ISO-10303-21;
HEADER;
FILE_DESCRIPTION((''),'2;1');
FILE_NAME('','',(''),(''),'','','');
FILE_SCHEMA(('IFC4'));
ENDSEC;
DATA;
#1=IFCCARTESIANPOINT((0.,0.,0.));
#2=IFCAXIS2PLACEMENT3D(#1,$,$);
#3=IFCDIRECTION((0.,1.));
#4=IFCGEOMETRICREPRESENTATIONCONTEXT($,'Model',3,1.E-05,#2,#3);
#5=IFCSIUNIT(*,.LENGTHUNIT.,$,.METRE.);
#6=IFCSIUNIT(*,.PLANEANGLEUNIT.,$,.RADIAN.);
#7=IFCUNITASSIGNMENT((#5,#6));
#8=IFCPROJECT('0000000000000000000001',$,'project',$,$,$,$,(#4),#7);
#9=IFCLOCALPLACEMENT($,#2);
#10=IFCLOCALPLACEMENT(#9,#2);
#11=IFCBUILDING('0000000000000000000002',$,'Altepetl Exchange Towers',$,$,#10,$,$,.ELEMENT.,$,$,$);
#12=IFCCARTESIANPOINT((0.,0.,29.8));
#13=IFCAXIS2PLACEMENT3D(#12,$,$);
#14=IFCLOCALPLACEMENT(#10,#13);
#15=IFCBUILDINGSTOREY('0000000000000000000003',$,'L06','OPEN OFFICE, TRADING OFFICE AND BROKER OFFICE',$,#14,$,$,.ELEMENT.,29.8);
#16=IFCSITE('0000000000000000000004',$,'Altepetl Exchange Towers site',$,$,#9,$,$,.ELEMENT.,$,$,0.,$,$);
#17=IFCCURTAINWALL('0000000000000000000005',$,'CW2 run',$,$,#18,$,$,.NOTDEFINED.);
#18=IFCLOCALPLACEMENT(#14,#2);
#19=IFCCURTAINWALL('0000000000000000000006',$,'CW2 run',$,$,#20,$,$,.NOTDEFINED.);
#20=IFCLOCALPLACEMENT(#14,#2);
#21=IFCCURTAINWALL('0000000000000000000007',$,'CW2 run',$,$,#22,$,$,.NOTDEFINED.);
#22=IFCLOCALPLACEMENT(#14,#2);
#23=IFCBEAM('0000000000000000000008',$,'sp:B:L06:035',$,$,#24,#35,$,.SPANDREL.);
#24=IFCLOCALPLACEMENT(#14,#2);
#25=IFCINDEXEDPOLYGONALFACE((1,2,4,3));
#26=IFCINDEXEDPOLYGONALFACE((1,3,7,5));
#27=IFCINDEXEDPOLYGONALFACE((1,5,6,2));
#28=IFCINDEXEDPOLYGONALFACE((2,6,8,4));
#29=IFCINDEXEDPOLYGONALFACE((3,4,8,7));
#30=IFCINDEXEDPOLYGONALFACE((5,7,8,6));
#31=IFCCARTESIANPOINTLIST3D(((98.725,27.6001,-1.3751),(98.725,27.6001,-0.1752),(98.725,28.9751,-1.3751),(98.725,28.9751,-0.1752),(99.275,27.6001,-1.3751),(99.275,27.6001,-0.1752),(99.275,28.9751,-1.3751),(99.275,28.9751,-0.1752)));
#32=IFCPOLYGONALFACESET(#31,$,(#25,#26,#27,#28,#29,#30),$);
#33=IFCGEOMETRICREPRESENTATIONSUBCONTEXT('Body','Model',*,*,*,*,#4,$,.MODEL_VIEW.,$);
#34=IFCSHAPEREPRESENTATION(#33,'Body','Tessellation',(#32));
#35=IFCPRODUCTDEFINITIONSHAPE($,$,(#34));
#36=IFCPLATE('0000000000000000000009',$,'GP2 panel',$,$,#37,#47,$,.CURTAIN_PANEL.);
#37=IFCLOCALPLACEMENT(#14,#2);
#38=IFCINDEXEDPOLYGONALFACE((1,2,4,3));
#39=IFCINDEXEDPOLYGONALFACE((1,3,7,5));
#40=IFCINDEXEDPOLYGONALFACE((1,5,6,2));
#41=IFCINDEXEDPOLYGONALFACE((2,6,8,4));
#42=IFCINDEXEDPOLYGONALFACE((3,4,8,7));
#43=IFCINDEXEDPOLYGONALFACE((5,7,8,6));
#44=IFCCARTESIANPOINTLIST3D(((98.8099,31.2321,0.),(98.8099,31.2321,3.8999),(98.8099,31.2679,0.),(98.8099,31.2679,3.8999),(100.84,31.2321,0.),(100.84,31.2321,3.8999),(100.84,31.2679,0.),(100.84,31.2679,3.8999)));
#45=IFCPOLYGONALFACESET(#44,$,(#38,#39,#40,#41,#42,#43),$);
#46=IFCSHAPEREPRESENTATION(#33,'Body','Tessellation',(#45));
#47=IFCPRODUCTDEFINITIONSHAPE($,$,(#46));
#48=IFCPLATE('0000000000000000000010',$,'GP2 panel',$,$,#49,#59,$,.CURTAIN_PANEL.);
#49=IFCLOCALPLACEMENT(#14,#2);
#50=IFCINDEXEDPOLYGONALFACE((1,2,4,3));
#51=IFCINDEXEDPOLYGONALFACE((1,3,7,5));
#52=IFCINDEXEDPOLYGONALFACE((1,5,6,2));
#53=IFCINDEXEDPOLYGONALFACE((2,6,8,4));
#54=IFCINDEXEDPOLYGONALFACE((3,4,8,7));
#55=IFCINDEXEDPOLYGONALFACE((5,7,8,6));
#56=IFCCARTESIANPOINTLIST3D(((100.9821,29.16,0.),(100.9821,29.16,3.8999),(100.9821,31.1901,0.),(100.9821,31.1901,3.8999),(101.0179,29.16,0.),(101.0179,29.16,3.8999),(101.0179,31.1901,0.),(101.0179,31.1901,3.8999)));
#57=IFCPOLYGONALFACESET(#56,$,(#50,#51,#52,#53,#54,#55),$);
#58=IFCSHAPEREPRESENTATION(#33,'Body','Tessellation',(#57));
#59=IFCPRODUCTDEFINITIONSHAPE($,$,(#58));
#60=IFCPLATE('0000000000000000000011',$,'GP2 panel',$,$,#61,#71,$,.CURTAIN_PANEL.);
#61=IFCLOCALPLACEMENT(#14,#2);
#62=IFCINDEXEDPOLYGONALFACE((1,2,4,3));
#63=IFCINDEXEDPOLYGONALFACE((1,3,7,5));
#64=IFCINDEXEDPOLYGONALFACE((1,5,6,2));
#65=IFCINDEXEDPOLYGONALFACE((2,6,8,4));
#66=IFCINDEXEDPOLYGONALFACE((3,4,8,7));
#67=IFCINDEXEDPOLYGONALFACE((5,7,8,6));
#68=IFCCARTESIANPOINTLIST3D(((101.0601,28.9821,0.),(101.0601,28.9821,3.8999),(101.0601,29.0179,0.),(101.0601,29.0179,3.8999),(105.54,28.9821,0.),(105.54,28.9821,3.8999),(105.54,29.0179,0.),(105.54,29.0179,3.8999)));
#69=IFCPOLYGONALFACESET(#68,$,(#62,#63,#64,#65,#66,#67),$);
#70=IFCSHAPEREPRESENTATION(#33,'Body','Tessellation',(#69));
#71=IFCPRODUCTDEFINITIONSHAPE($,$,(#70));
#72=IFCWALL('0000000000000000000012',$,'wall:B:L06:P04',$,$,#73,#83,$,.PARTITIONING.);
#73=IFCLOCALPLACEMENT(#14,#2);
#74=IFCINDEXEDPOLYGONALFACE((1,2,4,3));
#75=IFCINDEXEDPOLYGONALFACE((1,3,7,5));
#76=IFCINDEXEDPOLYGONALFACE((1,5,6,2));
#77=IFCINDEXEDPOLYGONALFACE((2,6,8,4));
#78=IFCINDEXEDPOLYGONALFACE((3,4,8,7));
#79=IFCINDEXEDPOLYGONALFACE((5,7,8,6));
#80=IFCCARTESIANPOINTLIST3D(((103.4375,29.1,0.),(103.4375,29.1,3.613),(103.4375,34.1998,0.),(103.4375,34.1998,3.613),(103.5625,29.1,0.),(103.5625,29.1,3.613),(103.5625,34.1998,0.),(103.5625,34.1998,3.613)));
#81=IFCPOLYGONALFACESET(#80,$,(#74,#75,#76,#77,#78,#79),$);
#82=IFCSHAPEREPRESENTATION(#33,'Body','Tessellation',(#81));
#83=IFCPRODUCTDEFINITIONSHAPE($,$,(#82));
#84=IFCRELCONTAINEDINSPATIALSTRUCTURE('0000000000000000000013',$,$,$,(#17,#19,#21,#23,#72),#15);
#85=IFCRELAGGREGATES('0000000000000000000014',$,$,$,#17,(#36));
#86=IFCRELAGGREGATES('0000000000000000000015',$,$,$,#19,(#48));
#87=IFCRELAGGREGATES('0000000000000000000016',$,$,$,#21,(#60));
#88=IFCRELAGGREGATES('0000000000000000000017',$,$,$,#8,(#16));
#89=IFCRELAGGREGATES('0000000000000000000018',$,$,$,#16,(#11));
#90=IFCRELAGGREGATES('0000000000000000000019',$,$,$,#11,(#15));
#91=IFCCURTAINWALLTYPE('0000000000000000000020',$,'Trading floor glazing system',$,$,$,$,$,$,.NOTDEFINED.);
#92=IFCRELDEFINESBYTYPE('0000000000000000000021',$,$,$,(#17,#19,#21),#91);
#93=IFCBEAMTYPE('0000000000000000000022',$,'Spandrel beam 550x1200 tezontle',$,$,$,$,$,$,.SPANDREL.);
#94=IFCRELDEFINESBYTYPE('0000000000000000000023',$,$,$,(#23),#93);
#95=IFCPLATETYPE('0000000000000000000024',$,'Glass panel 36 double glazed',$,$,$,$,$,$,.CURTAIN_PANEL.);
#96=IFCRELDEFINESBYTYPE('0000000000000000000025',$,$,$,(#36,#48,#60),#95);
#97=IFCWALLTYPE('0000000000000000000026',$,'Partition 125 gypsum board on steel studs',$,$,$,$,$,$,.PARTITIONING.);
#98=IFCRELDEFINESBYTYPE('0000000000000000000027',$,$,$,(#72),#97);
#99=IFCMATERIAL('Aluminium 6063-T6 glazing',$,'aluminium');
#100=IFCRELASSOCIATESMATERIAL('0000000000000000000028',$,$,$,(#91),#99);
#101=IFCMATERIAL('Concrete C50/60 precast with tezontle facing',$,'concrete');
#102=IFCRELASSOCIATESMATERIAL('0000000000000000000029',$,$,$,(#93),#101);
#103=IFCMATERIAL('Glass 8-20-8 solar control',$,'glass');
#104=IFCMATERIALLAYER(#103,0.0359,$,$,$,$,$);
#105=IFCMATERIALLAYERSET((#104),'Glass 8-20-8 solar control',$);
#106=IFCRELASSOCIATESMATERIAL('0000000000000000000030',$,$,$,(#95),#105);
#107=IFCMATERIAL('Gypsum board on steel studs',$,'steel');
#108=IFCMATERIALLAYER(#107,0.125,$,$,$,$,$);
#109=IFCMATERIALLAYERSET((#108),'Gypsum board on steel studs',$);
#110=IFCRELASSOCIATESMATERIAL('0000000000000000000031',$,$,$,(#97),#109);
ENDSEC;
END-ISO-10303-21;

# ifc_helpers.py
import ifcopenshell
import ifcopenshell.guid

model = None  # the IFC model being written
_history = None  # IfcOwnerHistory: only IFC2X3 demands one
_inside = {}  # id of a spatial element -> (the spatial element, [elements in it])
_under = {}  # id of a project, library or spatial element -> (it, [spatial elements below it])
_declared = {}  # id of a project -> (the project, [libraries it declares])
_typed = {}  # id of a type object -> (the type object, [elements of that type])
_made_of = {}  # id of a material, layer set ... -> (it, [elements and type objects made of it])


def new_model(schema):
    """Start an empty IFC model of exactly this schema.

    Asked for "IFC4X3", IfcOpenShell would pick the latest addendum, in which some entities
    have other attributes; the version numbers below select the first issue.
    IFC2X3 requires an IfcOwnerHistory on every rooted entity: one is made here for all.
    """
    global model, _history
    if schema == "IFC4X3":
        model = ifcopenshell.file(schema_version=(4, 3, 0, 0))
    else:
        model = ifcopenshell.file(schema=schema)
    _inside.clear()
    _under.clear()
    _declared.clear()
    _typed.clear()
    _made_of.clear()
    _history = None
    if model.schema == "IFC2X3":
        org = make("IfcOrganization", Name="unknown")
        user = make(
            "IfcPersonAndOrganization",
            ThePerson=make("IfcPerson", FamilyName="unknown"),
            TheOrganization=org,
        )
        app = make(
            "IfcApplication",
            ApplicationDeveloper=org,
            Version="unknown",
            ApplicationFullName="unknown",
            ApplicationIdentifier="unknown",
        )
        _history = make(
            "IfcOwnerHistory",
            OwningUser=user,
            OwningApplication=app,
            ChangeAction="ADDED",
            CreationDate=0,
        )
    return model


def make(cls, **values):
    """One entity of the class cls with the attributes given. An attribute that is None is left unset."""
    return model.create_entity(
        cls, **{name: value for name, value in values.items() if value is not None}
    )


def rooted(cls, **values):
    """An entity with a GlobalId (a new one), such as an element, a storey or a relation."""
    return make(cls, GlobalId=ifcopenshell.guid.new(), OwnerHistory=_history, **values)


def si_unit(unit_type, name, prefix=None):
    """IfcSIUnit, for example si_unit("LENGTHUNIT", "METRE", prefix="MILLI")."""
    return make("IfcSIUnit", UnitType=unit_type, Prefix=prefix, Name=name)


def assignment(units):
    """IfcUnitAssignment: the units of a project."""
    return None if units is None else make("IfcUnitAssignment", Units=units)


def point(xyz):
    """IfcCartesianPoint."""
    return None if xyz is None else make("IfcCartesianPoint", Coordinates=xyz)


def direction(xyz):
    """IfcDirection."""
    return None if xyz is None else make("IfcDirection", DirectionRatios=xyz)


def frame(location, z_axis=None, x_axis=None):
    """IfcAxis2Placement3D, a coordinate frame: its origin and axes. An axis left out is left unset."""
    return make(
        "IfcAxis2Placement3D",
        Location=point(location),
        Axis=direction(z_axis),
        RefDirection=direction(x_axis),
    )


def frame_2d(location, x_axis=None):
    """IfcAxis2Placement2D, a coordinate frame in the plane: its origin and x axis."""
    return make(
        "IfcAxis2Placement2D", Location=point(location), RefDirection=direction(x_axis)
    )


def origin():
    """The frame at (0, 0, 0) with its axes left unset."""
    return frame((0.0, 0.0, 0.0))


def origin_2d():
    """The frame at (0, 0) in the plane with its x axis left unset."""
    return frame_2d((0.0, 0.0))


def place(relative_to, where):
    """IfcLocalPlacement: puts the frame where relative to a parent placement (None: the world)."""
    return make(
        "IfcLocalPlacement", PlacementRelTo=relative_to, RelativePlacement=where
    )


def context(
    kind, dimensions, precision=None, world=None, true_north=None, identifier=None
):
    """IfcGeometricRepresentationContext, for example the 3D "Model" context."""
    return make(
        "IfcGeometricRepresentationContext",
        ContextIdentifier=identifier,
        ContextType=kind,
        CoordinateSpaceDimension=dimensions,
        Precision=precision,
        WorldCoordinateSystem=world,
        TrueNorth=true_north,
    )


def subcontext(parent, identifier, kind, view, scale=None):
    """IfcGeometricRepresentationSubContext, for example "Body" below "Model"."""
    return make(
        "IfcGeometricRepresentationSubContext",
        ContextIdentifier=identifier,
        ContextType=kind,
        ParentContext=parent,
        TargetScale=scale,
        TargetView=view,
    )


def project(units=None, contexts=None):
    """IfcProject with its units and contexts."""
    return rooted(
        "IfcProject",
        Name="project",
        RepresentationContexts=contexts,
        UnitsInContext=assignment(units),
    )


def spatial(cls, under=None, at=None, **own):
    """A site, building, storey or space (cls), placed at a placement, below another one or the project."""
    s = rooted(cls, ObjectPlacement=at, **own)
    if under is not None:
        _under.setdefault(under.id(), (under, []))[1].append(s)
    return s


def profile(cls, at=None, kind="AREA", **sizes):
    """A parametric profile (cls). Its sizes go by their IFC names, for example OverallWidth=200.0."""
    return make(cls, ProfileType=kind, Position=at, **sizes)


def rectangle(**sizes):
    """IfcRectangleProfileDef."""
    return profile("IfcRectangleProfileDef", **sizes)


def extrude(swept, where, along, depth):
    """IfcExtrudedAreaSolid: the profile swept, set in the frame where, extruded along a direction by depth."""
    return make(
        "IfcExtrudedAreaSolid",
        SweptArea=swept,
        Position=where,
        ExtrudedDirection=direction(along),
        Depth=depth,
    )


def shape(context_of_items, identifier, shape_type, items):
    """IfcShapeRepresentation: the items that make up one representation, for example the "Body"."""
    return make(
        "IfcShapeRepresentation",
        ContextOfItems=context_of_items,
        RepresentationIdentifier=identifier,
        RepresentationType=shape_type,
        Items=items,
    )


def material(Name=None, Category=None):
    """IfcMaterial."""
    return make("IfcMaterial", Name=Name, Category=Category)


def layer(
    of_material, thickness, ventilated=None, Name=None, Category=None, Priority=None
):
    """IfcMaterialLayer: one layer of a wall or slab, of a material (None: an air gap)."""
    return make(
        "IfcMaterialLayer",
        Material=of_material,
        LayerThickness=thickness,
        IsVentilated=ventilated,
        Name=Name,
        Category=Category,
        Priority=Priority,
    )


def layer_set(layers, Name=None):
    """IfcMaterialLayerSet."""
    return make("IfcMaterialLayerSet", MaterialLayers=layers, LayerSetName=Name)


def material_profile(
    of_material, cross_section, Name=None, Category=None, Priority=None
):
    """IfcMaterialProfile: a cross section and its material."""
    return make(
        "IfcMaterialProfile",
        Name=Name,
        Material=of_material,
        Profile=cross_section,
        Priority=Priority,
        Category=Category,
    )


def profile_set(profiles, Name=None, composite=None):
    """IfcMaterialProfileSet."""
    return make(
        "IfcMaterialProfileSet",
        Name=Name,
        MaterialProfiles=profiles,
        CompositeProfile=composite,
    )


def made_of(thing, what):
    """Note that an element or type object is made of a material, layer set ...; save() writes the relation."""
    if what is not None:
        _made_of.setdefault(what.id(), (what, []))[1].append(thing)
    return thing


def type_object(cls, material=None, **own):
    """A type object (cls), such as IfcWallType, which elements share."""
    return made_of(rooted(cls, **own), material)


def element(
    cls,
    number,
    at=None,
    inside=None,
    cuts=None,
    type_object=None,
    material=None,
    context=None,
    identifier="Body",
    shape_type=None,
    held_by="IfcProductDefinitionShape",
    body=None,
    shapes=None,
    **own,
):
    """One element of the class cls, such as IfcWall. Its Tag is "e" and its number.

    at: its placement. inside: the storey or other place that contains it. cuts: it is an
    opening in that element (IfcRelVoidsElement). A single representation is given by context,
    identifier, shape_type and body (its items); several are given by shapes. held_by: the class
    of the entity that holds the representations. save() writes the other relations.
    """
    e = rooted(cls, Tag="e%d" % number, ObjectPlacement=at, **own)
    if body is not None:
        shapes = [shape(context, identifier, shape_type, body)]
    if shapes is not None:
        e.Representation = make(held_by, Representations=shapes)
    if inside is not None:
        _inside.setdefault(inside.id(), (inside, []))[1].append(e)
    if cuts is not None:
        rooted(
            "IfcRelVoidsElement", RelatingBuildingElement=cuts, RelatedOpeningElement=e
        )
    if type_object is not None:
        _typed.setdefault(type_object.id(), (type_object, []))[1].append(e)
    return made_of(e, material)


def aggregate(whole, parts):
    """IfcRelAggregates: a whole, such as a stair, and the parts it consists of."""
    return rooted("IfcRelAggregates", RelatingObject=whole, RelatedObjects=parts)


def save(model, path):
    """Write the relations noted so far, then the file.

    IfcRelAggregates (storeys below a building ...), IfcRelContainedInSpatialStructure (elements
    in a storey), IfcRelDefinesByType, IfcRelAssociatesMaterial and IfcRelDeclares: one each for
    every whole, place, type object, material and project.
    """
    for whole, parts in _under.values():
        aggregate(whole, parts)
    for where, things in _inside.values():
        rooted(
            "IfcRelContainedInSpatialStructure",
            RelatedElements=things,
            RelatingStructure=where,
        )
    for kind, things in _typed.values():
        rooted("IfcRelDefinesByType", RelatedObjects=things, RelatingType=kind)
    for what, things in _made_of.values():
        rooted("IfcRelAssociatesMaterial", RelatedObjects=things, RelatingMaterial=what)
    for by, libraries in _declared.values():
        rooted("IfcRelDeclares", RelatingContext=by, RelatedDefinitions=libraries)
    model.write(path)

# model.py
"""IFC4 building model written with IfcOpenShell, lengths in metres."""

from ifc_helpers import new_model, si_unit, direction, frame, frame_2d, origin, origin_2d, place, context, subcontext, project, spatial, rectangle, extrude, material, layer, layer_set, material_profile, profile_set, type_object, element, aggregate, save


model = new_model("IFC4")

# Units and contexts
model_context = context("Model", 3, precision=1e-05, world=origin(), true_north=direction((0.0, 1.0)))
body_context = subcontext(model_context, "Body", "Model", "MODEL_VIEW")
ifc_project = project(units=[si_unit("LENGTHUNIT", "METRE"), si_unit("PLANEANGLEUNIT", "RADIAN")], contexts=[model_context])

# Site, building, storey
site_placement = place(None, origin())
site = spatial("IfcSite", under=ifc_project, at=site_placement, Name="Altepetl Exchange Towers site", CompositionType="ELEMENT", RefElevation=0.0)
building_placement = place(site_placement, origin())
building = spatial("IfcBuilding", under=site, at=building_placement, Name="Altepetl Exchange Towers", CompositionType="ELEMENT")
storey_placement = place(building_placement, frame((0.0, 0.0, 29.8)))
storey = spatial("IfcBuildingStorey", under=building, at=storey_placement, Name="L06", Description="OPEN OFFICE, TRADING OFFICE AND BROKER OFFICE", CompositionType="ELEMENT", Elevation=29.8)

# Curtain wall
ifc_material_1 = material(Name="Aluminium 6063-T6 glazing", Category="aluminium")
curtain_wall_type = type_object("IfcCurtainWallType", Name="Trading floor glazing system", PredefinedType="NOTDEFINED", material=ifc_material_1)
curtain_wall_1_placement = place(storey_placement, origin())
curtain_wall_1 = element("IfcCurtainWall", 1, at=curtain_wall_1_placement, inside=storey, type_object=curtain_wall_type, Name="CW2 run", PredefinedType="NOTDEFINED")

# Curtain wall
curtain_wall_2_placement = place(storey_placement, origin())
curtain_wall_2 = element("IfcCurtainWall", 2, at=curtain_wall_2_placement, inside=storey, type_object=curtain_wall_type, Name="CW2 run", PredefinedType="NOTDEFINED")

# Curtain wall
curtain_wall_3_placement = place(storey_placement, origin())
curtain_wall_3 = element("IfcCurtainWall", 3, at=curtain_wall_3_placement, inside=storey, type_object=curtain_wall_type, Name="CW2 run", PredefinedType="NOTDEFINED")

# Beam
ifc_material_2 = material(Name="Concrete C50/60 precast with tezontle facing", Category="concrete")
ifc_material_profile_1 = material_profile(ifc_material_2, rectangle(XDim=0.55, YDim=1.2, at=origin_2d()), Name="550 x 1200")
ifc_profile_set_1 = profile_set([ifc_material_profile_1], Name="Concrete C50/60 precast with tezontle facing")
beam_type_1 = type_object("IfcBeamType", Name="Spandrel beam 550x1200 tezontle", PredefinedType="SPANDREL", material=ifc_profile_set_1)
beam_1_placement = place(storey_placement, frame((99.0, 28.9751, -0.7751), z_axis=(0.0, -1.0, 0.0), x_axis=(1.0, 0.0, 0.0)))
element("IfcBeam", 4, at=beam_1_placement, inside=storey, type_object=beam_type_1, Name="sp:B:L06:035", PredefinedType="SPANDREL", context=body_context, shape_type="SweptSolid", body=[
    extrude(rectangle(XDim=0.55, YDim=1.2, at=origin_2d()), origin(), (0.0, 0.0, 1.0), 1.375),
])

# Plates
ifc_material_3 = material(Name="Glass 8-20-8 solar control", Category="glass")
ifc_layer_1 = layer(ifc_material_3, 0.0359)
ifc_layer_set_1 = layer_set([ifc_layer_1], Name="Glass 8-20-8 solar control")
plate_type = type_object("IfcPlateType", Name="Glass panel 36 double glazed", PredefinedType="CURTAIN_PANEL", material=ifc_layer_set_1)
plate_1_placement = place(storey_placement, frame((99.825, 31.25, 0.0)))
plate_1 = element("IfcPlate", 5, at=plate_1_placement, type_object=plate_type, Name="GP2 panel", PredefinedType="CURTAIN_PANEL", context=body_context, shape_type="SweptSolid", body=[
    extrude(rectangle(XDim=2.03, YDim=0.0359, at=origin_2d()), origin(), (0.0, 0.0, 1.0), 3.8999),
])
aggregate(curtain_wall_1, [plate_1])
plate_2_placement = place(storey_placement, frame((101.0, 30.175, 0.0), z_axis=(0.0, 0.0, 1.0), x_axis=(0.0, -1.0, 0.0)))
plate_2 = element("IfcPlate", 6, at=plate_2_placement, type_object=plate_type, Name="GP2 panel", PredefinedType="CURTAIN_PANEL", context=body_context, shape_type="SweptSolid", body=[
    extrude(rectangle(XDim=2.03, YDim=0.0359, at=origin_2d()), origin(), (0.0, 0.0, 1.0), 3.8999),
])
aggregate(curtain_wall_2, [plate_2])
plate_3_placement = place(storey_placement, frame((103.3, 29.0, 0.0)))
plate_3 = element("IfcPlate", 7, at=plate_3_placement, type_object=plate_type, Name="GP2 panel", PredefinedType="CURTAIN_PANEL", context=body_context, shape_type="SweptSolid", body=[
    extrude(rectangle(XDim=4.48, YDim=0.0359, at=origin_2d()), origin(), (0.0, 0.0, 1.0), 3.8999),
])
aggregate(curtain_wall_3, [plate_3])

# Wall
ifc_material_4 = material(Name="Gypsum board on steel studs", Category="steel")
ifc_layer_2 = layer(ifc_material_4, 0.125)
ifc_layer_set_2 = layer_set([ifc_layer_2], Name="Gypsum board on steel studs")
wall_type = type_object("IfcWallType", Name="Partition 125 gypsum board on steel studs", PredefinedType="PARTITIONING", material=ifc_layer_set_2)
wall_placement = place(storey_placement, frame((103.5, 29.1001, 0.0), z_axis=(0.0, 0.0, 1.0), x_axis=(0.0, 1.0, 0.0)))
element("IfcWall", 8, at=wall_placement, inside=storey, type_object=wall_type, Name="wall:B:L06:P04", PredefinedType="PARTITIONING", context=body_context, shape_type="SweptSolid", body=[
    extrude(rectangle(XDim=5.0999, YDim=0.125, at=frame_2d((2.5498, 0.0))), origin(), (0.0, 0.0, 1.0), 3.613),
])

save(model, "model.ifc")
